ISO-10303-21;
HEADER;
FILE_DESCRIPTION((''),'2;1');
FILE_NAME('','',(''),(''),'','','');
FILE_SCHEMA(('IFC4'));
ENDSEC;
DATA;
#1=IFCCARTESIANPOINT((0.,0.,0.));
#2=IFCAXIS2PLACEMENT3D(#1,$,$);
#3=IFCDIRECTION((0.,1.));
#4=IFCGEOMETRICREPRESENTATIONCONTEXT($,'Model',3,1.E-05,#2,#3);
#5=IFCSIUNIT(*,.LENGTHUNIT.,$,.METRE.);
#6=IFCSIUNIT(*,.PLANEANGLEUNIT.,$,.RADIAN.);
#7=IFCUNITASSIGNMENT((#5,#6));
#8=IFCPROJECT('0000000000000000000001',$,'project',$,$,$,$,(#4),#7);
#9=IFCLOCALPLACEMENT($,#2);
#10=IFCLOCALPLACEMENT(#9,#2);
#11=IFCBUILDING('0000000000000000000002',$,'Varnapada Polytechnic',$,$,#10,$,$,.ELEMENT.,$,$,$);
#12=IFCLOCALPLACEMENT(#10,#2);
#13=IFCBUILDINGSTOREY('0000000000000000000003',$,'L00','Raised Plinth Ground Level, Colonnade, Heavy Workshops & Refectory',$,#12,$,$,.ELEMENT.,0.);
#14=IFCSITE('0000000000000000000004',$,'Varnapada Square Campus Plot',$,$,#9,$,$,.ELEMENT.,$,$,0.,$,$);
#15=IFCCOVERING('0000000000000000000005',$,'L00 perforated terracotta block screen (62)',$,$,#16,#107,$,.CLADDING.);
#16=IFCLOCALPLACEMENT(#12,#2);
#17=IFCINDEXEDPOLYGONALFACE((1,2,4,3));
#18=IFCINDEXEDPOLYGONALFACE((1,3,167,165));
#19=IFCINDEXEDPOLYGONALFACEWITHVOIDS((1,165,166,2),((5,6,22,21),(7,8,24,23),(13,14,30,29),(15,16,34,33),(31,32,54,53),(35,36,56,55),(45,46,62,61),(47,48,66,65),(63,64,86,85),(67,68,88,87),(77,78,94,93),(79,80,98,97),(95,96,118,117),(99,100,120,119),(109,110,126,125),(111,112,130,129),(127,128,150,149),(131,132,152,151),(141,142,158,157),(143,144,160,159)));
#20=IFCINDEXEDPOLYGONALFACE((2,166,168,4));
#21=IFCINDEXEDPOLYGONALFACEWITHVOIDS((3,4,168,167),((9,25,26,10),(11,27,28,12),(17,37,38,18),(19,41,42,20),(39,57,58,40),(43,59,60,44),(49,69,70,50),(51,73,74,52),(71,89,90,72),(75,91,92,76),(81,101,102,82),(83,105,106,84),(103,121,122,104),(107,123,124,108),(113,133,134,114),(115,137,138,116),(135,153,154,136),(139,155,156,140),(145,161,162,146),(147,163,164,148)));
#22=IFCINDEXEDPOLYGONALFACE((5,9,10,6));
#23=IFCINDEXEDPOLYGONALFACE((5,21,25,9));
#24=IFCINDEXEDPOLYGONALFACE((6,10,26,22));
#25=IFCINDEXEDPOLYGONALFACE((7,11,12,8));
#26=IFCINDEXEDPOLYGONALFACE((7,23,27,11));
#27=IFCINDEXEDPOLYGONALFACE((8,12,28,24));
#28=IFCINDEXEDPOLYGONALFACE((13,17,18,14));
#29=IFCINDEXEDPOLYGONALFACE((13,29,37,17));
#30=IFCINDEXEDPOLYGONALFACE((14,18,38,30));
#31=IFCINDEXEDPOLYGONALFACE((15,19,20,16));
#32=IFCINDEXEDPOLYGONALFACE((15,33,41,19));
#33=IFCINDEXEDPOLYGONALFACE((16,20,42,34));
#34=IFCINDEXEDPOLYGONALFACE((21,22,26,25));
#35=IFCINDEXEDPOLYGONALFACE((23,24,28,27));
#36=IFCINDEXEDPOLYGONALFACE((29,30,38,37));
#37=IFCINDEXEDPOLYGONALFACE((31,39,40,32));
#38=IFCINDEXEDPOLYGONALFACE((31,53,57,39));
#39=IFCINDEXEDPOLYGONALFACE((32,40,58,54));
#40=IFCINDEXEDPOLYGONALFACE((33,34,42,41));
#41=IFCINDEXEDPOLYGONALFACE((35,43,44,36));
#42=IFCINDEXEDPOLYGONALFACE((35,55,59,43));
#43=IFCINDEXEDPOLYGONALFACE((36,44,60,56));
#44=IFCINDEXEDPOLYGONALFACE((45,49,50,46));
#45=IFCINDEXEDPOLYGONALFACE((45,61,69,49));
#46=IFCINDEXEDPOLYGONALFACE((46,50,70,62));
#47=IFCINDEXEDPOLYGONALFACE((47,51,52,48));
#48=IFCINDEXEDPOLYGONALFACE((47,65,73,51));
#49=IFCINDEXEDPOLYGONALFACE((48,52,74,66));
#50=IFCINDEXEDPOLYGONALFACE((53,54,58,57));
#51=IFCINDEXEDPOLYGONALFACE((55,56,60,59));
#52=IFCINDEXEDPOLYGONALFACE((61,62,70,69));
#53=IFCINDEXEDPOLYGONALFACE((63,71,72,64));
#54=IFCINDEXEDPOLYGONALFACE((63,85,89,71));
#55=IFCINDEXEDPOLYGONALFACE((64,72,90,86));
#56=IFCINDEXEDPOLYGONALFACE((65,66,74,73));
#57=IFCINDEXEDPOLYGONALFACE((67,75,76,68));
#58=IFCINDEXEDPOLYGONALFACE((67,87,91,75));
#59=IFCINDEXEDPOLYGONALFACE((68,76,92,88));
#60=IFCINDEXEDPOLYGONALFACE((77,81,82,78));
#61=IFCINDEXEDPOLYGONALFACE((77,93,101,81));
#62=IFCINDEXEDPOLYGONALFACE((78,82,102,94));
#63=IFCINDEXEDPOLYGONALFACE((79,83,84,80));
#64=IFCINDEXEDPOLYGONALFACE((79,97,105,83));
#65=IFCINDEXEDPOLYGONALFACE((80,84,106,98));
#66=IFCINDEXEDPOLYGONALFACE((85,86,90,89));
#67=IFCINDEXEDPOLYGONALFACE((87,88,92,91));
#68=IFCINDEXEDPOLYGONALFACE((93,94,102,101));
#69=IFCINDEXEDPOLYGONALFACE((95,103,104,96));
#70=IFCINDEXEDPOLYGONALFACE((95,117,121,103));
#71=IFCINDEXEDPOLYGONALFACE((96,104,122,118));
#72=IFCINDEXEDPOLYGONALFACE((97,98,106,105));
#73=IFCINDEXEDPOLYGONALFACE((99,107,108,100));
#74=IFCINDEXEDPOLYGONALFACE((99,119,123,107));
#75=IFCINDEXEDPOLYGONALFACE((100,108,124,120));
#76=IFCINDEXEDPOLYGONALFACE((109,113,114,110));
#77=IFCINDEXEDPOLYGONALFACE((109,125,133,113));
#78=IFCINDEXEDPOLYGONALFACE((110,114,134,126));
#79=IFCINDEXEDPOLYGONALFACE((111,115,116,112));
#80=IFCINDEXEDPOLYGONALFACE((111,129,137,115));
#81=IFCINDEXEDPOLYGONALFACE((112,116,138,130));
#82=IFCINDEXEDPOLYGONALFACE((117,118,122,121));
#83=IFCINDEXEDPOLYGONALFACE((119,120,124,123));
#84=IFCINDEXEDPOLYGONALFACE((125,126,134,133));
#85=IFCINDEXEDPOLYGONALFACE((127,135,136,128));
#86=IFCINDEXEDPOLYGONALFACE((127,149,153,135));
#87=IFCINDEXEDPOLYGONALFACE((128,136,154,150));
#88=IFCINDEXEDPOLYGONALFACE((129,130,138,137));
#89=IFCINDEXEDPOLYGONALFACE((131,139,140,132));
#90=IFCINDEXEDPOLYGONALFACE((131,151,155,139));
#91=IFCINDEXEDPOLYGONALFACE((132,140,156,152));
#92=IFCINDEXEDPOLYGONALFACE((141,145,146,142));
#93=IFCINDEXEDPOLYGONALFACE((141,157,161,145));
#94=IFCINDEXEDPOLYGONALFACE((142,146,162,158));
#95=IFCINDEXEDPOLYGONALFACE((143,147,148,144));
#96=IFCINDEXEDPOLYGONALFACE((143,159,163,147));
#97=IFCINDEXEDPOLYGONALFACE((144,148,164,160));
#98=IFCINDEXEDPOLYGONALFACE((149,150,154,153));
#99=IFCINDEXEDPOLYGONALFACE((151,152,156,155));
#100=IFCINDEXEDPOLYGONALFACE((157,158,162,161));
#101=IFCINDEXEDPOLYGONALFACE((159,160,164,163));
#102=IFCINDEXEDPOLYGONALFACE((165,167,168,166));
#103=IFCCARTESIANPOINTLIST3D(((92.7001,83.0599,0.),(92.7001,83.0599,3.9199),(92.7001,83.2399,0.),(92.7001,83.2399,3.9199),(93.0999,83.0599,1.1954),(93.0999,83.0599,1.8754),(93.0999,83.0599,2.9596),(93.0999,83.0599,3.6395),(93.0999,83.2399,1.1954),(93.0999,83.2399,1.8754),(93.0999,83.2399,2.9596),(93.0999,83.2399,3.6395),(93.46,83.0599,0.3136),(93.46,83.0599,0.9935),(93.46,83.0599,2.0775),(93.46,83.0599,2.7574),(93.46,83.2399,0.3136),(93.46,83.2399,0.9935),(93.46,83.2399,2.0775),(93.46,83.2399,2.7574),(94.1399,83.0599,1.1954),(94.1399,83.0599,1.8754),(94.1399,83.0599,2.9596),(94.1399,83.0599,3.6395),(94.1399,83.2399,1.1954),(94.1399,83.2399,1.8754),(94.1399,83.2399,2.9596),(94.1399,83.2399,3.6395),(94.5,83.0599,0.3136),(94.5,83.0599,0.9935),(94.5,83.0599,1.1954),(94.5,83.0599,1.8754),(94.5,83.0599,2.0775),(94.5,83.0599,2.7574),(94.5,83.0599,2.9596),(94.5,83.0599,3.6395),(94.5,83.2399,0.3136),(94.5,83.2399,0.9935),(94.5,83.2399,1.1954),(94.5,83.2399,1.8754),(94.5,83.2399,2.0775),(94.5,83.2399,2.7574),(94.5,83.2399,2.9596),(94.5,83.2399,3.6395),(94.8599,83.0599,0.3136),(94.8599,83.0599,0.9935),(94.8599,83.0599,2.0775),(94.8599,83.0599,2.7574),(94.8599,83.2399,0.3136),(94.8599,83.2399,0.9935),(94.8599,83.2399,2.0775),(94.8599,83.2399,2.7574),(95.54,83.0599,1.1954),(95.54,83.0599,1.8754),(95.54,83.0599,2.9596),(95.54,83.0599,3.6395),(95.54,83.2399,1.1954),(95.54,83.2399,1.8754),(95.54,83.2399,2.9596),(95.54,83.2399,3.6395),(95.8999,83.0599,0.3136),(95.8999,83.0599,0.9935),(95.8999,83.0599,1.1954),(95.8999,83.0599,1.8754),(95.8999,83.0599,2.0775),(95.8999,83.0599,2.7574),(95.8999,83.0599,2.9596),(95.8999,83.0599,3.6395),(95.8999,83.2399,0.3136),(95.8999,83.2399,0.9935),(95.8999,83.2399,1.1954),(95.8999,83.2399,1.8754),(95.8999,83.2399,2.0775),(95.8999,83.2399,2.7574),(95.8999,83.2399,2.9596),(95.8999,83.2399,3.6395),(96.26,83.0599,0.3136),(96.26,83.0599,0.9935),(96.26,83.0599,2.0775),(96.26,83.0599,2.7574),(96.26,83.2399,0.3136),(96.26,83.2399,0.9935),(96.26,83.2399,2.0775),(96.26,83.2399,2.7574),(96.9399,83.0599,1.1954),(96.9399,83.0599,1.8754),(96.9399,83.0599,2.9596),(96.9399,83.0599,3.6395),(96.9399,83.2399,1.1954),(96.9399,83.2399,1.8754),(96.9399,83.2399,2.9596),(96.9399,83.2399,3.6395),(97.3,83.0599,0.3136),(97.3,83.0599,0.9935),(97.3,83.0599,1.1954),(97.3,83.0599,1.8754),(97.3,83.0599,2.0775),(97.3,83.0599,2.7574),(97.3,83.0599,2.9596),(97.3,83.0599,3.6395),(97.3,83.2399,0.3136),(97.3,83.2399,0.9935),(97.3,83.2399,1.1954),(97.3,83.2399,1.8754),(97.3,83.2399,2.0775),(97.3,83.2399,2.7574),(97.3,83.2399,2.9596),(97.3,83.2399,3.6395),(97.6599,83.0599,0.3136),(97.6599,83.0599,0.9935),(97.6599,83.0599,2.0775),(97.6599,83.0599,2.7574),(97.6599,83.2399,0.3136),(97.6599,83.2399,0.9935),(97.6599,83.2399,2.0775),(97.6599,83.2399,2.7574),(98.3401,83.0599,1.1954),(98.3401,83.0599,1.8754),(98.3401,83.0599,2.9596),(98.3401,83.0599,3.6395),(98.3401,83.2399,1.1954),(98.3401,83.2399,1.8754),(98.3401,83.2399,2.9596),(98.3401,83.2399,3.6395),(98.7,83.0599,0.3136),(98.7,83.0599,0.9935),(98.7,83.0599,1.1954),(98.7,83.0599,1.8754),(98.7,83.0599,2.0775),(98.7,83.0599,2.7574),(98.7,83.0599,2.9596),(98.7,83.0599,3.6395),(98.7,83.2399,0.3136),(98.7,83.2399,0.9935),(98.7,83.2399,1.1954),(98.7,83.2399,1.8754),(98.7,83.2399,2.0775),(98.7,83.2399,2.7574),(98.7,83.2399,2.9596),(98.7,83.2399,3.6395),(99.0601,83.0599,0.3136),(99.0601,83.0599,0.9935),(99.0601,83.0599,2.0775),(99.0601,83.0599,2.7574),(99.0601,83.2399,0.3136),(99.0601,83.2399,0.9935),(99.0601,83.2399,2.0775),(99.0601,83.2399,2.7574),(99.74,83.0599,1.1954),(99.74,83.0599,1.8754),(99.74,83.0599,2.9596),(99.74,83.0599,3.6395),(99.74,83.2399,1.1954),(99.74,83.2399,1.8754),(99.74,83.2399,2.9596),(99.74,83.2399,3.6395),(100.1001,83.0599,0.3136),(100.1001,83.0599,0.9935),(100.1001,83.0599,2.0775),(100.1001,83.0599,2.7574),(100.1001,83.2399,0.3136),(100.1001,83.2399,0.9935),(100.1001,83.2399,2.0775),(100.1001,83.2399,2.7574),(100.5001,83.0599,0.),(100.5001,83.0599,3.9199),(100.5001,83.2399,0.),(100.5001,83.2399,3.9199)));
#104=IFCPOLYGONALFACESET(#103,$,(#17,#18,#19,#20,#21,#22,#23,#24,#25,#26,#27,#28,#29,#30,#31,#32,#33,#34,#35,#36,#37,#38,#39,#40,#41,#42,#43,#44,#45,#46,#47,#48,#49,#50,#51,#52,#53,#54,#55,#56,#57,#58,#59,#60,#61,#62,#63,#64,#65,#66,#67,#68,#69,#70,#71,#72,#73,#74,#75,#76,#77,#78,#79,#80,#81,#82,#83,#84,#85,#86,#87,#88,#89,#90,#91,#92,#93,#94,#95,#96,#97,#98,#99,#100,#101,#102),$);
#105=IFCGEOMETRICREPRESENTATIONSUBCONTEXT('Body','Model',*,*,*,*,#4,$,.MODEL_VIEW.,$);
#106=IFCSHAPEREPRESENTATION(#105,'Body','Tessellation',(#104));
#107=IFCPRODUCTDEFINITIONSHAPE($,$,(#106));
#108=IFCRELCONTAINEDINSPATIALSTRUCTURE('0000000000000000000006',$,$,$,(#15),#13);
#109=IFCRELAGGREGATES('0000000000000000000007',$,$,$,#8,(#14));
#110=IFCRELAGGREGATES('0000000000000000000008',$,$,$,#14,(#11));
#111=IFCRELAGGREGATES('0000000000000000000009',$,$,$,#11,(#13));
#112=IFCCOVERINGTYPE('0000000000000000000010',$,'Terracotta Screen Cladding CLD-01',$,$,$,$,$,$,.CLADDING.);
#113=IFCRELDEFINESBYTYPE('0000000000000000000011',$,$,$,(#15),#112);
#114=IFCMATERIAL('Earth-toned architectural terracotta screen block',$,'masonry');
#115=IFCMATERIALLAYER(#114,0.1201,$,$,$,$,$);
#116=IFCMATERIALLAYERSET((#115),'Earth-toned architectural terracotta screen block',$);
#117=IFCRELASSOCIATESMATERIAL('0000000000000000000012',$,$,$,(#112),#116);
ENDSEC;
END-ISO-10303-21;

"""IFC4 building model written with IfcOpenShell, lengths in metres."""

from ifc_helpers import new_model, si_unit, direction, frame, frame_2d, origin, place, context, subcontext, project, spatial, rectangle, extrude, material, layer, layer_set, type_object, element, save


model = new_model("IFC4")

# Units and contexts
model_context = context("Model", 3, precision=1e-05, world=origin(), true_north=direction((0.0, 1.0)))
body_context = subcontext(model_context, "Body", "Model", "MODEL_VIEW")
ifc_project = project(units=[si_unit("LENGTHUNIT", "METRE"), si_unit("PLANEANGLEUNIT", "RADIAN")], contexts=[model_context])

# Site, building, storey
site_placement = place(None, origin())
site = spatial("IfcSite", under=ifc_project, at=site_placement, Name="Varnapada Square Campus Plot", CompositionType="ELEMENT", RefElevation=0.0)
building_placement = place(site_placement, origin())
building = spatial("IfcBuilding", under=site, at=building_placement, Name="Varnapada Polytechnic", CompositionType="ELEMENT")
storey_placement = place(building_placement, origin())
storey = spatial("IfcBuildingStorey", under=building, at=storey_placement, Name="L00", Description="Raised Plinth Ground Level, Colonnade, Heavy Workshops & Refectory", CompositionType="ELEMENT", Elevation=0.0)

# Covering, openings
ifc_material_1 = material(Name="Earth-toned architectural terracotta screen block", Category="masonry")
ifc_layer_1 = layer(ifc_material_1, 0.1201)
ifc_layer_set_1 = layer_set([ifc_layer_1], Name="Earth-toned architectural terracotta screen block")
covering_type = type_object("IfcCoveringType", Name="Terracotta Screen Cladding CLD-01", PredefinedType="CLADDING", material=ifc_layer_set_1)
covering_placement = place(storey_placement, frame((100.5, 83.1499, 0.0), z_axis=(0.0, 0.0, 1.0), x_axis=(-1.0, 0.0, 0.0)))
covering = element("IfcCovering", 1, at=covering_placement, inside=storey, type_object=covering_type, Name="L00 perforated terracotta block screen (62)", PredefinedType="CLADDING", context=body_context, shape_type="SweptSolid", body=[
    extrude(rectangle(XDim=7.8, YDim=0.1799, at=frame_2d((3.8999, 0.0))), origin(), (0.0, 0.0, 1.0), 3.9199),
])
opening_1_placement = place(covering_placement, frame((0.3999, 0.0, 0.3137)))
element("IfcOpeningElement", 2, at=opening_1_placement, cuts=covering, PredefinedType="OPENING", context=body_context, shape_type="SweptSolid", body=[
    extrude(rectangle(XDim=1.04, YDim=0.6799, at=frame_2d((0.52, 0.3398))), frame((0.0, 0.0999, 0.0), z_axis=(0.0, -1.0, 0.0), x_axis=(1.0, 0.0, 0.0)), (0.0, 0.0, 1.0), 0.2),
])
opening_2_placement = place(covering_placement, frame((1.8, 0.0, 0.3137)))
element("IfcOpeningElement", 3, at=opening_2_placement, cuts=covering, PredefinedType="OPENING", context=body_context, shape_type="SweptSolid", body=[
    extrude(rectangle(XDim=1.04, YDim=0.6799, at=frame_2d((0.52, 0.3398))), frame((0.0, 0.0999, 0.0), z_axis=(0.0, -1.0, 0.0), x_axis=(1.0, 0.0, 0.0)), (0.0, 0.0, 1.0), 0.2),
])
opening_3_placement = place(covering_placement, frame((3.2, 0.0, 0.3137)))
element("IfcOpeningElement", 4, at=opening_3_placement, cuts=covering, PredefinedType="OPENING", context=body_context, shape_type="SweptSolid", body=[
    extrude(rectangle(XDim=1.04, YDim=0.6799, at=frame_2d((0.52, 0.3398))), frame((0.0, 0.0999, 0.0), z_axis=(0.0, -1.0, 0.0), x_axis=(1.0, 0.0, 0.0)), (0.0, 0.0, 1.0), 0.2),
])
opening_4_placement = place(covering_placement, frame((4.6001, 0.0, 0.3137)))
element("IfcOpeningElement", 5, at=opening_4_placement, cuts=covering, PredefinedType="OPENING", context=body_context, shape_type="SweptSolid", body=[
    extrude(rectangle(XDim=1.04, YDim=0.6799, at=frame_2d((0.52, 0.3398))), frame((0.0, 0.0999, 0.0), z_axis=(0.0, -1.0, 0.0), x_axis=(1.0, 0.0, 0.0)), (0.0, 0.0, 1.0), 0.2),
])
opening_5_placement = place(covering_placement, frame((6.0, 0.0, 0.3137)))
element("IfcOpeningElement", 6, at=opening_5_placement, cuts=covering, PredefinedType="OPENING", context=body_context, shape_type="SweptSolid", body=[
    extrude(rectangle(XDim=1.04, YDim=0.6799, at=frame_2d((0.52, 0.3398))), frame((0.0, 0.0999, 0.0), z_axis=(0.0, -1.0, 0.0), x_axis=(1.0, 0.0, 0.0)), (0.0, 0.0, 1.0), 0.2),
])
opening_6_placement = place(covering_placement, frame((0.76, 0.0, 1.1956)))
element("IfcOpeningElement", 7, at=opening_6_placement, cuts=covering, PredefinedType="OPENING", context=body_context, shape_type="SweptSolid", body=[
    extrude(rectangle(XDim=1.04, YDim=0.6799, at=frame_2d((0.52, 0.3398))), frame((0.0, 0.0999, 0.0), z_axis=(0.0, -1.0, 0.0), x_axis=(1.0, 0.0, 0.0)), (0.0, 0.0, 1.0), 0.2),
])
opening_7_placement = place(covering_placement, frame((2.1599, 0.0, 1.1956)))
element("IfcOpeningElement", 8, at=opening_7_placement, cuts=covering, PredefinedType="OPENING", context=body_context, shape_type="SweptSolid", body=[
    extrude(rectangle(XDim=1.04, YDim=0.6799, at=frame_2d((0.52, 0.3398))), frame((0.0, 0.0999, 0.0), z_axis=(0.0, -1.0, 0.0), x_axis=(1.0, 0.0, 0.0)), (0.0, 0.0, 1.0), 0.2),
])
opening_8_placement = place(covering_placement, frame((3.5601, 0.0, 1.1956)))
element("IfcOpeningElement", 9, at=opening_8_placement, cuts=covering, PredefinedType="OPENING", context=body_context, shape_type="SweptSolid", body=[
    extrude(rectangle(XDim=1.04, YDim=0.6799, at=frame_2d((0.52, 0.3398))), frame((0.0, 0.0999, 0.0), z_axis=(0.0, -1.0, 0.0), x_axis=(1.0, 0.0, 0.0)), (0.0, 0.0, 1.0), 0.2),
])
opening_9_placement = place(covering_placement, frame((4.96, 0.0, 1.1956)))
element("IfcOpeningElement", 10, at=opening_9_placement, cuts=covering, PredefinedType="OPENING", context=body_context, shape_type="SweptSolid", body=[
    extrude(rectangle(XDim=1.04, YDim=0.6799, at=frame_2d((0.52, 0.3398))), frame((0.0, 0.0999, 0.0), z_axis=(0.0, -1.0, 0.0), x_axis=(1.0, 0.0, 0.0)), (0.0, 0.0, 1.0), 0.2),
])
opening_10_placement = place(covering_placement, frame((6.3601, 0.0, 1.1956)))
element("IfcOpeningElement", 11, at=opening_10_placement, cuts=covering, PredefinedType="OPENING", context=body_context, shape_type="SweptSolid", body=[
    extrude(rectangle(XDim=1.04, YDim=0.6799, at=frame_2d((0.52, 0.3398))), frame((0.0, 0.0999, 0.0), z_axis=(0.0, -1.0, 0.0), x_axis=(1.0, 0.0, 0.0)), (0.0, 0.0, 1.0), 0.2),
])
opening_11_placement = place(covering_placement, frame((0.3999, 0.0, 2.0776)))
element("IfcOpeningElement", 12, at=opening_11_placement, cuts=covering, PredefinedType="OPENING", context=body_context, shape_type="SweptSolid", body=[
    extrude(rectangle(XDim=1.04, YDim=0.6799, at=frame_2d((0.52, 0.3398))), frame((0.0, 0.0999, 0.0), z_axis=(0.0, -1.0, 0.0), x_axis=(1.0, 0.0, 0.0)), (0.0, 0.0, 1.0), 0.2),
])
opening_12_placement = place(covering_placement, frame((1.8, 0.0, 2.0776)))
element("IfcOpeningElement", 13, at=opening_12_placement, cuts=covering, PredefinedType="OPENING", context=body_context, shape_type="SweptSolid", body=[
    extrude(rectangle(XDim=1.04, YDim=0.6799, at=frame_2d((0.52, 0.3398))), frame((0.0, 0.0999, 0.0), z_axis=(0.0, -1.0, 0.0), x_axis=(1.0, 0.0, 0.0)), (0.0, 0.0, 1.0), 0.2),
])
opening_13_placement = place(covering_placement, frame((3.2, 0.0, 2.0776)))
element("IfcOpeningElement", 14, at=opening_13_placement, cuts=covering, PredefinedType="OPENING", context=body_context, shape_type="SweptSolid", body=[
    extrude(rectangle(XDim=1.04, YDim=0.6799, at=frame_2d((0.52, 0.3398))), frame((0.0, 0.0999, 0.0), z_axis=(0.0, -1.0, 0.0), x_axis=(1.0, 0.0, 0.0)), (0.0, 0.0, 1.0), 0.2),
])
opening_14_placement = place(covering_placement, frame((4.6001, 0.0, 2.0776)))
element("IfcOpeningElement", 15, at=opening_14_placement, cuts=covering, PredefinedType="OPENING", context=body_context, shape_type="SweptSolid", body=[
    extrude(rectangle(XDim=1.04, YDim=0.6799, at=frame_2d((0.52, 0.3398))), frame((0.0, 0.0999, 0.0), z_axis=(0.0, -1.0, 0.0), x_axis=(1.0, 0.0, 0.0)), (0.0, 0.0, 1.0), 0.2),
])
opening_15_placement = place(covering_placement, frame((6.0, 0.0, 2.0776)))
element("IfcOpeningElement", 16, at=opening_15_placement, cuts=covering, PredefinedType="OPENING", context=body_context, shape_type="SweptSolid", body=[
    extrude(rectangle(XDim=1.04, YDim=0.6799, at=frame_2d((0.52, 0.3398))), frame((0.0, 0.0999, 0.0), z_axis=(0.0, -1.0, 0.0), x_axis=(1.0, 0.0, 0.0)), (0.0, 0.0, 1.0), 0.2),
])
opening_16_placement = place(covering_placement, frame((0.76, 0.0, 2.9597)))
element("IfcOpeningElement", 17, at=opening_16_placement, cuts=covering, PredefinedType="OPENING", context=body_context, shape_type="SweptSolid", body=[
    extrude(rectangle(XDim=1.04, YDim=0.6799, at=frame_2d((0.52, 0.3398))), frame((0.0, 0.0999, 0.0), z_axis=(0.0, -1.0, 0.0), x_axis=(1.0, 0.0, 0.0)), (0.0, 0.0, 1.0), 0.2),
])
opening_17_placement = place(covering_placement, frame((2.1599, 0.0, 2.9597)))
element("IfcOpeningElement", 18, at=opening_17_placement, cuts=covering, PredefinedType="OPENING", context=body_context, shape_type="SweptSolid", body=[
    extrude(rectangle(XDim=1.04, YDim=0.6799, at=frame_2d((0.52, 0.3398))), frame((0.0, 0.0999, 0.0), z_axis=(0.0, -1.0, 0.0), x_axis=(1.0, 0.0, 0.0)), (0.0, 0.0, 1.0), 0.2),
])
opening_18_placement = place(covering_placement, frame((3.5601, 0.0, 2.9597)))
element("IfcOpeningElement", 19, at=opening_18_placement, cuts=covering, PredefinedType="OPENING", context=body_context, shape_type="SweptSolid", body=[
    extrude(rectangle(XDim=1.04, YDim=0.6799, at=frame_2d((0.52, 0.3398))), frame((0.0, 0.0999, 0.0), z_axis=(0.0, -1.0, 0.0), x_axis=(1.0, 0.0, 0.0)), (0.0, 0.0, 1.0), 0.2),
])
opening_19_placement = place(covering_placement, frame((4.96, 0.0, 2.9597)))
element("IfcOpeningElement", 20, at=opening_19_placement, cuts=covering, PredefinedType="OPENING", context=body_context, shape_type="SweptSolid", body=[
    extrude(rectangle(XDim=1.04, YDim=0.6799, at=frame_2d((0.52, 0.3398))), frame((0.0, 0.0999, 0.0), z_axis=(0.0, -1.0, 0.0), x_axis=(1.0, 0.0, 0.0)), (0.0, 0.0, 1.0), 0.2),
])
opening_20_placement = place(covering_placement, frame((6.3601, 0.0, 2.9597)))
element("IfcOpeningElement", 21, at=opening_20_placement, cuts=covering, PredefinedType="OPENING", context=body_context, shape_type="SweptSolid", body=[
    extrude(rectangle(XDim=1.04, YDim=0.6799, at=frame_2d((0.52, 0.3398))), frame((0.0, 0.0999, 0.0), z_axis=(0.0, -1.0, 0.0), x_axis=(1.0, 0.0, 0.0)), (0.0, 0.0, 1.0), 0.2),
])

save(model, "model.ifc")
